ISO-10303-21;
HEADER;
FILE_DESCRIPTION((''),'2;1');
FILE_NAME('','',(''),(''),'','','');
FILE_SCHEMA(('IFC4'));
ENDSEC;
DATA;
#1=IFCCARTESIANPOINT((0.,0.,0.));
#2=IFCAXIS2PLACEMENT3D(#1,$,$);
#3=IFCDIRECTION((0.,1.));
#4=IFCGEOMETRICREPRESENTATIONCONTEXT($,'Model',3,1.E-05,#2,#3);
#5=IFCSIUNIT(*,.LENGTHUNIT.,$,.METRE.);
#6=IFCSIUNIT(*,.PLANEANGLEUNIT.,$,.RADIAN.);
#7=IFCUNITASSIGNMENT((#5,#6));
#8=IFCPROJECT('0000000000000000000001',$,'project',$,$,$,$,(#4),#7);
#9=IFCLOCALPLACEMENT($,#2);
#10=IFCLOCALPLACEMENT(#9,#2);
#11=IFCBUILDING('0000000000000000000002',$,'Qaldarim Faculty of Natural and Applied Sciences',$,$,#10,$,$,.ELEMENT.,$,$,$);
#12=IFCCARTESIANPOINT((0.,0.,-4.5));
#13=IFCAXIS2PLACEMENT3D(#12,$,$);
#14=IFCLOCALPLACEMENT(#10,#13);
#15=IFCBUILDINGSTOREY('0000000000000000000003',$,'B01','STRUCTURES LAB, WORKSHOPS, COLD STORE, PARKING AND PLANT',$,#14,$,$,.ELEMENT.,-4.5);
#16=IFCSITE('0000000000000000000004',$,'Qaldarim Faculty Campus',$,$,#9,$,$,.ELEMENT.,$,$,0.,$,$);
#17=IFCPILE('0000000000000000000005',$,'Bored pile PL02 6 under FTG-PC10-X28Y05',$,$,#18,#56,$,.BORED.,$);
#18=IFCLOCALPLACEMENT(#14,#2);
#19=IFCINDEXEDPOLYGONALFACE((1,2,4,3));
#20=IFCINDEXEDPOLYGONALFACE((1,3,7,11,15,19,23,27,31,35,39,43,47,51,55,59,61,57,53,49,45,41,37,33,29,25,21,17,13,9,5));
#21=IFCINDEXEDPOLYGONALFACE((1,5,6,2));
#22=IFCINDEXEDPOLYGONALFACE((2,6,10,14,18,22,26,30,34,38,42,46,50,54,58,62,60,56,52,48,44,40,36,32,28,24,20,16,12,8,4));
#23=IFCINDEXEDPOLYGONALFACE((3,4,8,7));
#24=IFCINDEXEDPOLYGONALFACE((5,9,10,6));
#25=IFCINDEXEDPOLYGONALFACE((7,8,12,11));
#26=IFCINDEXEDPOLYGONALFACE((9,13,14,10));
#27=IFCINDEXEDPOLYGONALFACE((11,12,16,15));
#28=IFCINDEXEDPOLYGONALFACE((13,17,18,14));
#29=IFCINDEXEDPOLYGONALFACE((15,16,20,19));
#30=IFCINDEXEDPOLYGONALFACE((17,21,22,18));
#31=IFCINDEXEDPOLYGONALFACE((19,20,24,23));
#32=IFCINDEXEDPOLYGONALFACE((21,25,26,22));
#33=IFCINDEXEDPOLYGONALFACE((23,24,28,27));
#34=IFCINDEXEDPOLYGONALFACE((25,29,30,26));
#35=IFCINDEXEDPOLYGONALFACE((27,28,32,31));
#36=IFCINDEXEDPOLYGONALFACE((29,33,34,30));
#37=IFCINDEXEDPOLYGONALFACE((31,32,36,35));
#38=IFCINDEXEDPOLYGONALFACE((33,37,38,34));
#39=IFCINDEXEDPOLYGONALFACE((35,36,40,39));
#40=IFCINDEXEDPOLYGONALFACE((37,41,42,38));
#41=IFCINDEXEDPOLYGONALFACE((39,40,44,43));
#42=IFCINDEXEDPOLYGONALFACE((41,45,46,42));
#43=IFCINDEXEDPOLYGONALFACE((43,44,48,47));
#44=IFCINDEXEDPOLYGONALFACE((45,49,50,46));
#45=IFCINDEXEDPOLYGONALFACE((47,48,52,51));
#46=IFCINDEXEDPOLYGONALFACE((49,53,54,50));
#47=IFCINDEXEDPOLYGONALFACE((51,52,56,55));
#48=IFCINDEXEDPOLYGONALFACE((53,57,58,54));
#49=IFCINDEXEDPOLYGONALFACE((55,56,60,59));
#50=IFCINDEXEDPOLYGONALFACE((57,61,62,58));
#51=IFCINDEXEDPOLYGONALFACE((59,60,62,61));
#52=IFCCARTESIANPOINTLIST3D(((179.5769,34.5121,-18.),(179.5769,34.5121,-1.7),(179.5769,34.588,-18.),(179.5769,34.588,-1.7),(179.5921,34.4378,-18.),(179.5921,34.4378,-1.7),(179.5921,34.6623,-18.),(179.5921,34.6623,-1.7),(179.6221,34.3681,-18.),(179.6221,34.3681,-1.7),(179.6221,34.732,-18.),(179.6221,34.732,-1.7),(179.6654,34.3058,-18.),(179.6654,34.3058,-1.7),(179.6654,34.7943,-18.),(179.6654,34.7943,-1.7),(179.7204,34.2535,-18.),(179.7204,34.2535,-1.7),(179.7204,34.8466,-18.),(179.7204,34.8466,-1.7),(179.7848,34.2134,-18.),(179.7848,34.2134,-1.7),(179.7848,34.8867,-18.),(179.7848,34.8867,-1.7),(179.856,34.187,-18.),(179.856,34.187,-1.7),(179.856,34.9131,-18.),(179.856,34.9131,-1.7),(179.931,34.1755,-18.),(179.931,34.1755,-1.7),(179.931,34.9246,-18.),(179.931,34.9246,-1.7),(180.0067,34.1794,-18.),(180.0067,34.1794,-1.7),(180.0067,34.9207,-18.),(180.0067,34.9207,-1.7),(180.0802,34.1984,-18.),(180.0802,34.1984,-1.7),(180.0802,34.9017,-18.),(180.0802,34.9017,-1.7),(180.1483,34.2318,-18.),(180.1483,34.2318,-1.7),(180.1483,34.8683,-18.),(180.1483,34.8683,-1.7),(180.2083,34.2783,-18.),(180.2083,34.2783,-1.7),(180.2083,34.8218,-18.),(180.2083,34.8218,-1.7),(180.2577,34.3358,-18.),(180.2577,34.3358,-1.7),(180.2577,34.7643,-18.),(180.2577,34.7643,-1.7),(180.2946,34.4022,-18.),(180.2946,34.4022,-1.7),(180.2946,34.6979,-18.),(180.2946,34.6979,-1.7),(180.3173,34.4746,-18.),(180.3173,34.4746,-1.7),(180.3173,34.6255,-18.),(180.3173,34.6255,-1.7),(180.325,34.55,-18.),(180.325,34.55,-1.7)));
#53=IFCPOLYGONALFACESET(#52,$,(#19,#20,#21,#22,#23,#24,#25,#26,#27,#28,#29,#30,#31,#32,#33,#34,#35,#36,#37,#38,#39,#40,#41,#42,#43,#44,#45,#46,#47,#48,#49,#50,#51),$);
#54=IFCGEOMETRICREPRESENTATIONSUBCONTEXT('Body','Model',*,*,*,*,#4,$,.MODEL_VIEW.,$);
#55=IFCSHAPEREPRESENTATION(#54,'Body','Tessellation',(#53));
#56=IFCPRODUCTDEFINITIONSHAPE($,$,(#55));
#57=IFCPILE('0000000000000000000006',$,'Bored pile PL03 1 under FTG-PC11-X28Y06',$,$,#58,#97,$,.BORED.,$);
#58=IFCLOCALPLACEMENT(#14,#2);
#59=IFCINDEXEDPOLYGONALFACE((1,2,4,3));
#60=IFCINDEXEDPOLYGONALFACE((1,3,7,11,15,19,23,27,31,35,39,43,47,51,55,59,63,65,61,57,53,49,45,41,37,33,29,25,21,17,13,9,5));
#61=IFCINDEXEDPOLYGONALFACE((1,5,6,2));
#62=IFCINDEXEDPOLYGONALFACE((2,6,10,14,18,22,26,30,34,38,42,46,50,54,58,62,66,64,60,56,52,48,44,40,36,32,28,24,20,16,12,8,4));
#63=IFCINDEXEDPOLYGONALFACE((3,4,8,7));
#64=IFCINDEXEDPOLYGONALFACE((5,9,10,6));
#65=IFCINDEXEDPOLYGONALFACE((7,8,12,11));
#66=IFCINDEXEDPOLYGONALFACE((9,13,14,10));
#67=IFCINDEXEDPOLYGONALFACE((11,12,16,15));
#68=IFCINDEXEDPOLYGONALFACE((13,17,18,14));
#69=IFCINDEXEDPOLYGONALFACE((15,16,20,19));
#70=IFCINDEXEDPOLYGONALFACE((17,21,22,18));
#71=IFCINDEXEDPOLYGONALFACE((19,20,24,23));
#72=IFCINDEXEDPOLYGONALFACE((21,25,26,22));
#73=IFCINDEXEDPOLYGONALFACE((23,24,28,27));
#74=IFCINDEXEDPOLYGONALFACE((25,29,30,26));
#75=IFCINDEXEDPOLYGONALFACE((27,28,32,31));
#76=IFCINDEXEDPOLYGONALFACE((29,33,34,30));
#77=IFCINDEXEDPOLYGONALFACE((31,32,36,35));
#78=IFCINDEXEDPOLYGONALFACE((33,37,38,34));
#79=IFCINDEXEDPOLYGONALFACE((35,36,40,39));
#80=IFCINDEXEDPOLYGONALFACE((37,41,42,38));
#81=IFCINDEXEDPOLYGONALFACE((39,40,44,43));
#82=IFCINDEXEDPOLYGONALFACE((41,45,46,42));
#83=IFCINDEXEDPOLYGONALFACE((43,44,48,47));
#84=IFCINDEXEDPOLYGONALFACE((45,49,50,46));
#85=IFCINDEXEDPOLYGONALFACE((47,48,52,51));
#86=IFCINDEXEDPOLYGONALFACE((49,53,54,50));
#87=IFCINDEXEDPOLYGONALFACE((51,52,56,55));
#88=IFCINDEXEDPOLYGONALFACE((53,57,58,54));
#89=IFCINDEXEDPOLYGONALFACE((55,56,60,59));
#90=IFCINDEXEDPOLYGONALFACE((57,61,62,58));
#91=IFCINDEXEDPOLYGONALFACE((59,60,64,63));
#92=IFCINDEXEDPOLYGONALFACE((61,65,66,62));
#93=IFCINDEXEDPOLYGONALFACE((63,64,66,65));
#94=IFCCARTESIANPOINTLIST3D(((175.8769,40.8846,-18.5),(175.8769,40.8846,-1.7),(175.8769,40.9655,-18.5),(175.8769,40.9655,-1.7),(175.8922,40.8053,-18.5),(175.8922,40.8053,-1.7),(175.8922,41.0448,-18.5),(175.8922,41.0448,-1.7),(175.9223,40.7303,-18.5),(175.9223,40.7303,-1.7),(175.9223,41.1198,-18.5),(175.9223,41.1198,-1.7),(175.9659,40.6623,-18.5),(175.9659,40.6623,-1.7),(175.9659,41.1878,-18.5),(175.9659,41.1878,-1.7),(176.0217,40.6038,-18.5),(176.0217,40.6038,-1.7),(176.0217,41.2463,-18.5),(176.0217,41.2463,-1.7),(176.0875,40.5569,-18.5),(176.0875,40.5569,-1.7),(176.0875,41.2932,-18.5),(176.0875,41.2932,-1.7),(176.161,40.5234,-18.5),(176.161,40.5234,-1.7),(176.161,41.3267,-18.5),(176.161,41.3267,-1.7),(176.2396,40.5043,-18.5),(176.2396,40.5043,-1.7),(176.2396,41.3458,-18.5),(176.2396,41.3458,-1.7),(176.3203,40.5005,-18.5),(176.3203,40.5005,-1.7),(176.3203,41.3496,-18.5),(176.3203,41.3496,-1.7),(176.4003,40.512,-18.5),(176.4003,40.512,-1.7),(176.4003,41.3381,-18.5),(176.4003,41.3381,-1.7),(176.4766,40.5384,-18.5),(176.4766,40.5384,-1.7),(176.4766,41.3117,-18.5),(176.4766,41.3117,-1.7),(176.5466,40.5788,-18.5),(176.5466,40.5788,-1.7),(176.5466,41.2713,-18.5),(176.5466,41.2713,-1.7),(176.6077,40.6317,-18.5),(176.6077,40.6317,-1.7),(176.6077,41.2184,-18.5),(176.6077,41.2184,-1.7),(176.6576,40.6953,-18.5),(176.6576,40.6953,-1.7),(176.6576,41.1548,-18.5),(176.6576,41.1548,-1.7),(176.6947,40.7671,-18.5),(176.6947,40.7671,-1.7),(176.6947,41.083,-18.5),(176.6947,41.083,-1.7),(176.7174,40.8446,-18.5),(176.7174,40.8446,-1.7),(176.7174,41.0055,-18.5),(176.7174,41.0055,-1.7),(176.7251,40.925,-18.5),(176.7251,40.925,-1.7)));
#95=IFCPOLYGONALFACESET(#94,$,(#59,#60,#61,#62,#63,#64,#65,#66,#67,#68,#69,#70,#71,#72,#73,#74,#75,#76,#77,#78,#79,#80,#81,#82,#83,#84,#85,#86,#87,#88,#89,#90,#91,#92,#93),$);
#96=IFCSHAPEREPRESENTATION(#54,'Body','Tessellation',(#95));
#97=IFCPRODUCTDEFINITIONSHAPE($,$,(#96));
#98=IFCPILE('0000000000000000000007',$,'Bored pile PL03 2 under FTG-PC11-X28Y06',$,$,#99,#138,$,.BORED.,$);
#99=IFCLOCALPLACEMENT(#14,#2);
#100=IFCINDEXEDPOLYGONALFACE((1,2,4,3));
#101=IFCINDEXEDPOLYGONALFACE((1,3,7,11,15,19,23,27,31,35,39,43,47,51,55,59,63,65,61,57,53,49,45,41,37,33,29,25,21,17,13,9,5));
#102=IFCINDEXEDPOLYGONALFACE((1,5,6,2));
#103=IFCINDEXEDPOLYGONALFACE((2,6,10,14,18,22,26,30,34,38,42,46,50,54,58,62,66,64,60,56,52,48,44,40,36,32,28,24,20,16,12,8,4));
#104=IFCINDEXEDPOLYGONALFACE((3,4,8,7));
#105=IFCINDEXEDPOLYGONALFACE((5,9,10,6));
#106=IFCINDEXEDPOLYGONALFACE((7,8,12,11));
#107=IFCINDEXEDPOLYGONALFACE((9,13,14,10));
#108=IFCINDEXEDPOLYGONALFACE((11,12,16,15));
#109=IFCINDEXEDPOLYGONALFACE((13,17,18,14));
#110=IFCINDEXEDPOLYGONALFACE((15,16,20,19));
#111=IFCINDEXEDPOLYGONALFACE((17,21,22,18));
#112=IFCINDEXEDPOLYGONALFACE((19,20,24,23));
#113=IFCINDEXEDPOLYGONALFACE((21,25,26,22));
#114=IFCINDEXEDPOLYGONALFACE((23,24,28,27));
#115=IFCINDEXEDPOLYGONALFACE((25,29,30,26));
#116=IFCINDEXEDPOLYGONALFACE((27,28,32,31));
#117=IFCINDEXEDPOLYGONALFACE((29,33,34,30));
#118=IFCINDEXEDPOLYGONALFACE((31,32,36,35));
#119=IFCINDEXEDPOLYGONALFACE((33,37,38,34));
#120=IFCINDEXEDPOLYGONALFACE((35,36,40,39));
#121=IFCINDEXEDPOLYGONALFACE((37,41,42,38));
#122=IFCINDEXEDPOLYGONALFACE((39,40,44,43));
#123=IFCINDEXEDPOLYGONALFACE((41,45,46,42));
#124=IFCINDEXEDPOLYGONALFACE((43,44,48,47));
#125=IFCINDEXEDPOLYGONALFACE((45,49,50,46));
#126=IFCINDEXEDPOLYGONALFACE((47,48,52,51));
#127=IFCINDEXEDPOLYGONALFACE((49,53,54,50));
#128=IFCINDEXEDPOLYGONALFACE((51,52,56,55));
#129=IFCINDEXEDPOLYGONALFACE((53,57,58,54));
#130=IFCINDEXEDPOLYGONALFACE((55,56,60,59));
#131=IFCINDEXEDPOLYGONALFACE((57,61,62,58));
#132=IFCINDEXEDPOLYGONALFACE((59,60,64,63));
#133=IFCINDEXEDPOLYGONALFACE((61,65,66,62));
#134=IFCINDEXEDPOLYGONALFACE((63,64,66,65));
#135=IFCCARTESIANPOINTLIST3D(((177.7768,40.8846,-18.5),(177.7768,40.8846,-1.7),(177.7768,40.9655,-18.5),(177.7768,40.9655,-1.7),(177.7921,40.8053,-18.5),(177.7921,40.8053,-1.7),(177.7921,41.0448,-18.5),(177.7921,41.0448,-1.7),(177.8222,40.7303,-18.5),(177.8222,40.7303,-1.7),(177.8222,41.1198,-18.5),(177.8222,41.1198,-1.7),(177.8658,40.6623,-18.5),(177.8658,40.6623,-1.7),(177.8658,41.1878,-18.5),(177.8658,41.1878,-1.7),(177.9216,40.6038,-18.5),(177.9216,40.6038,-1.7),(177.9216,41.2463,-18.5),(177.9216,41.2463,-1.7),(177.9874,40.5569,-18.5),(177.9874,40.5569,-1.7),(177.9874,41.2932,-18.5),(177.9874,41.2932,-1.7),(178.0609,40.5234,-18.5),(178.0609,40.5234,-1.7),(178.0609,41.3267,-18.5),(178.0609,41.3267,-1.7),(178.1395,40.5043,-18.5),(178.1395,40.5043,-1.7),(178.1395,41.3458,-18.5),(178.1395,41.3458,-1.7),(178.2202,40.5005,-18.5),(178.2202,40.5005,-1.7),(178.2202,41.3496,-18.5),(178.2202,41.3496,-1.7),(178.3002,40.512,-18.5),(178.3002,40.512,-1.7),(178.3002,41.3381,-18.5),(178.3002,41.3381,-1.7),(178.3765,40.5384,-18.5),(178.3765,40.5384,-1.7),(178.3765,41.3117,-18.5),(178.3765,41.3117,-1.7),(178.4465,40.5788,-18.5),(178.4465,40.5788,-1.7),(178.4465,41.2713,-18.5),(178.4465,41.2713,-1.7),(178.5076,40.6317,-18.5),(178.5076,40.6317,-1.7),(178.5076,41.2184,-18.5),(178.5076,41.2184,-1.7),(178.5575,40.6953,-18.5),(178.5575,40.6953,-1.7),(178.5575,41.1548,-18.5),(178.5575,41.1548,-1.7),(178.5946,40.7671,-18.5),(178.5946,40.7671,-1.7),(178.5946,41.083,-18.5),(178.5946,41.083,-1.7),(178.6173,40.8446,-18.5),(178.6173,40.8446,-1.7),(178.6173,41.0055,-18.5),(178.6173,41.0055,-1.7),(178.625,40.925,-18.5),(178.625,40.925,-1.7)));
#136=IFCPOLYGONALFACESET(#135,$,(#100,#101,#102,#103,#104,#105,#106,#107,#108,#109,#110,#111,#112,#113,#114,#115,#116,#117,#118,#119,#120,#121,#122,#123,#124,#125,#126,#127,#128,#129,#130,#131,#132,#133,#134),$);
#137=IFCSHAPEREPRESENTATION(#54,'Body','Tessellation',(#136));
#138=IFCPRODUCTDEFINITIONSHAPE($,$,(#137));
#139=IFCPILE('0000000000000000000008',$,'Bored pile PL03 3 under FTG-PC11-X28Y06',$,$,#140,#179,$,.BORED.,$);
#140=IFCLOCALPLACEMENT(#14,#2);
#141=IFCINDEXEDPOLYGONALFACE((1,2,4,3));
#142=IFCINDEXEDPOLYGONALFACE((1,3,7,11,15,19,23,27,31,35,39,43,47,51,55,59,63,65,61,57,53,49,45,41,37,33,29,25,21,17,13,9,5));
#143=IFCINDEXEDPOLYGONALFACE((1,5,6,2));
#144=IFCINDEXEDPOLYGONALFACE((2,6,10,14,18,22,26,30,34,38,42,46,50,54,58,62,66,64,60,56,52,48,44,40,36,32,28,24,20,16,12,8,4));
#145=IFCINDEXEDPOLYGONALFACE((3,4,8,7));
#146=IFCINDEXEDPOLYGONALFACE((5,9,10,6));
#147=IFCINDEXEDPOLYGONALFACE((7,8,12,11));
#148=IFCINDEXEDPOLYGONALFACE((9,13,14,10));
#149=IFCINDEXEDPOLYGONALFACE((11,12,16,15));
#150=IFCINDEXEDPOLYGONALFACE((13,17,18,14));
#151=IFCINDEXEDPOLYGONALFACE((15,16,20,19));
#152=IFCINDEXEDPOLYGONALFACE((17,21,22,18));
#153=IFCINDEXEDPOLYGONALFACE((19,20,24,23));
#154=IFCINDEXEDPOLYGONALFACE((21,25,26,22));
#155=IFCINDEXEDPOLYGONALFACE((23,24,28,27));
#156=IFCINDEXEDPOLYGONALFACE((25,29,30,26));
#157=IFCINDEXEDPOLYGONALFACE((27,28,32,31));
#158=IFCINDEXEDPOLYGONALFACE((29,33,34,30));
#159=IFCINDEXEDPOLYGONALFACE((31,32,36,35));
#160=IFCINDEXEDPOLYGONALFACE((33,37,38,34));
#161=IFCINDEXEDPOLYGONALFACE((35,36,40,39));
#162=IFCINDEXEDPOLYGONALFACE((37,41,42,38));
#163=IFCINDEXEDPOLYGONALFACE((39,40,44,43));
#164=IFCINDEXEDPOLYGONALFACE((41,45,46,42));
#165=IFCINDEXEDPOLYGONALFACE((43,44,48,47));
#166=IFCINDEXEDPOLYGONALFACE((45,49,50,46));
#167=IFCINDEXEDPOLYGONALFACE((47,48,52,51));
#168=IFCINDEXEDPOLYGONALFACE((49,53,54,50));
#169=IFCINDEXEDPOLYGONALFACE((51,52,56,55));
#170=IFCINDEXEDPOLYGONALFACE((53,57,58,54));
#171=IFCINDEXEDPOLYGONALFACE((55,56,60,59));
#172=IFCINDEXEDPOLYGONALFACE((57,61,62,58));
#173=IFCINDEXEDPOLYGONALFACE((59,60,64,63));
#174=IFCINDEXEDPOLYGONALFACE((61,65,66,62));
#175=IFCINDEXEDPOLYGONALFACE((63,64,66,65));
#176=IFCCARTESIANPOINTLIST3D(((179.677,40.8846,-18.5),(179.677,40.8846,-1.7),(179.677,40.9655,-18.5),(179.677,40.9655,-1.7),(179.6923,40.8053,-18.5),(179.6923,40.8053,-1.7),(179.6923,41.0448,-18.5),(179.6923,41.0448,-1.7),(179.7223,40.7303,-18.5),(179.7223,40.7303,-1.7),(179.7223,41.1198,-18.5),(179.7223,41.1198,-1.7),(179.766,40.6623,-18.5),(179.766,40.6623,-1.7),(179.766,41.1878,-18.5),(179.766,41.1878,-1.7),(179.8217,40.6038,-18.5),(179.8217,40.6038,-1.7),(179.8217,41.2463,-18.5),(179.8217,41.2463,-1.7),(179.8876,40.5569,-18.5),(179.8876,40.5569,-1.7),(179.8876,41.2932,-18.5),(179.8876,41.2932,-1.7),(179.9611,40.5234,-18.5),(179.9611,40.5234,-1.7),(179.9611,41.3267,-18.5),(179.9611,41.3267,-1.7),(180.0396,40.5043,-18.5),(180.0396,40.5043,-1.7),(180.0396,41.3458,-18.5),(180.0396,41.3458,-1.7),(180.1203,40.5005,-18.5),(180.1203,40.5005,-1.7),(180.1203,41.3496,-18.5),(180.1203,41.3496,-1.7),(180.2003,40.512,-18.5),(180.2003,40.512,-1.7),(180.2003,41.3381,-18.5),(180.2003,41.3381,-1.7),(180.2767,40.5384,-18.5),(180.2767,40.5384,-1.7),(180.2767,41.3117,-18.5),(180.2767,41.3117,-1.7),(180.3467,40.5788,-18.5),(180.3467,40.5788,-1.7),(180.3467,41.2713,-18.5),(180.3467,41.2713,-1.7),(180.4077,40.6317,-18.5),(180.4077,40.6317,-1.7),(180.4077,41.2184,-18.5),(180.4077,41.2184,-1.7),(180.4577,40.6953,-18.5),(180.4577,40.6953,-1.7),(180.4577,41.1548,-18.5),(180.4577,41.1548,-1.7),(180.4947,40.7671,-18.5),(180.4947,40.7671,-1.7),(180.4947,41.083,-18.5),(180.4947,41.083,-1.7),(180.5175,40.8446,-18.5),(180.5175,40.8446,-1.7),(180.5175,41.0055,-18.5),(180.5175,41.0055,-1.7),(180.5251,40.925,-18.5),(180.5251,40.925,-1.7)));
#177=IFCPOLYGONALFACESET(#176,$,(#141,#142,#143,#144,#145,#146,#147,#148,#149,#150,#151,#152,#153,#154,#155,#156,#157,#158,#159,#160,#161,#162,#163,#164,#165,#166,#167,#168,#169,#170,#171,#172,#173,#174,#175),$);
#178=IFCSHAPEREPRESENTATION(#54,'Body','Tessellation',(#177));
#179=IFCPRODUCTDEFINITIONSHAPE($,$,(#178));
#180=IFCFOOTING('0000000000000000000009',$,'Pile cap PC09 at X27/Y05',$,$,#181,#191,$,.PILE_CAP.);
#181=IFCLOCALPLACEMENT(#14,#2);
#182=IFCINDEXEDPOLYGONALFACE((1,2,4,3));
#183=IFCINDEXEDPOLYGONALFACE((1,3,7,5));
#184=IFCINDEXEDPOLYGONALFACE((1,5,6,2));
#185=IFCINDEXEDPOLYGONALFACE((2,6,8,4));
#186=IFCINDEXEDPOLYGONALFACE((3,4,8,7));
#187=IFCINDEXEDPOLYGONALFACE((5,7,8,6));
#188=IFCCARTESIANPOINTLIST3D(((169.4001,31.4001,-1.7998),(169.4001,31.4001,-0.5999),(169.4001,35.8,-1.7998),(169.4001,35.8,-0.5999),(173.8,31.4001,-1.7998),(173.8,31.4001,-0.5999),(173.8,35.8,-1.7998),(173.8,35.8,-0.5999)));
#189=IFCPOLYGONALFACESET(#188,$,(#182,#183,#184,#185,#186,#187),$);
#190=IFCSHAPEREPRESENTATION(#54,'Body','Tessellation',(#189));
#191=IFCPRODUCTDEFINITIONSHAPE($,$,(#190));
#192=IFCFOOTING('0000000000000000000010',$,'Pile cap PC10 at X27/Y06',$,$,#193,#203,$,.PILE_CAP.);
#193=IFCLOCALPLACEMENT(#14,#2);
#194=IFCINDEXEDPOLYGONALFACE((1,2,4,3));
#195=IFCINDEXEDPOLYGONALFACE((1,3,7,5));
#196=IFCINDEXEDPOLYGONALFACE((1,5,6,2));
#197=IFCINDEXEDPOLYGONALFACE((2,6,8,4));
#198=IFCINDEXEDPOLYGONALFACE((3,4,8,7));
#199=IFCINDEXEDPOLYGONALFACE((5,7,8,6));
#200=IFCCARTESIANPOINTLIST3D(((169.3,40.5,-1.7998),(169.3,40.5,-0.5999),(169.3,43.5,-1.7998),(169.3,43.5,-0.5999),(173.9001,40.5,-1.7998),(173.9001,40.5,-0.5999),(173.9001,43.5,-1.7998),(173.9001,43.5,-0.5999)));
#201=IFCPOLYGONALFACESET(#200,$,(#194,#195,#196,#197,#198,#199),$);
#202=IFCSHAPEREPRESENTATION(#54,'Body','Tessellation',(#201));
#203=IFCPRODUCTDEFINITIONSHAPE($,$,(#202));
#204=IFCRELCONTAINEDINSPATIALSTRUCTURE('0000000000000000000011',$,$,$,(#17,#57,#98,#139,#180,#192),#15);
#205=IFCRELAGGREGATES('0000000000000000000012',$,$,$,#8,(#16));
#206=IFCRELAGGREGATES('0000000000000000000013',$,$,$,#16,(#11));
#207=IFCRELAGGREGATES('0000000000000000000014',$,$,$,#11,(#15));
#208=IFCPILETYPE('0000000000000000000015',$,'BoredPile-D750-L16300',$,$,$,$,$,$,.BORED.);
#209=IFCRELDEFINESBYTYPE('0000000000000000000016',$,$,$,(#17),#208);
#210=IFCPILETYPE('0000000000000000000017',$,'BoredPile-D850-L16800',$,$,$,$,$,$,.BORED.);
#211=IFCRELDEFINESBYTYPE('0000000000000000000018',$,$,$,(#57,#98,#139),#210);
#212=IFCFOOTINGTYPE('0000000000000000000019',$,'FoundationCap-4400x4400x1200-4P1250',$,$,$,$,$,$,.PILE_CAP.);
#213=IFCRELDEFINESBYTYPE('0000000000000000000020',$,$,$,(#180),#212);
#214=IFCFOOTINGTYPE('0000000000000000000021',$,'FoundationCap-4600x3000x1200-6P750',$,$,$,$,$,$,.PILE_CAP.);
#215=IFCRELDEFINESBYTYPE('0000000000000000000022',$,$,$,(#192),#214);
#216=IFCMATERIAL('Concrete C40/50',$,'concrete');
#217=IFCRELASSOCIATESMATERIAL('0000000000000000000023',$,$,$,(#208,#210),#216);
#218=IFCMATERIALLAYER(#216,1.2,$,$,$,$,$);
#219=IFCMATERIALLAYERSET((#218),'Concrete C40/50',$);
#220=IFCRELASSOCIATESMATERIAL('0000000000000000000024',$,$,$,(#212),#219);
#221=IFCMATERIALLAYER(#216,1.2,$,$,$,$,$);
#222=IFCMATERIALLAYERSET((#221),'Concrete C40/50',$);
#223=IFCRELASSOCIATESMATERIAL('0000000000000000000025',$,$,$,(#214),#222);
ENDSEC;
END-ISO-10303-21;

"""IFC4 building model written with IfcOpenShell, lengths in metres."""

from ifc_helpers import new_model, si_unit, direction, frame, origin, origin_2d, place, context, subcontext, project, spatial, rectangle, circle, extrude, material, layer, layer_set, material_profile, profile_set, type_object, element, save


model = new_model("IFC4")

# Units and contexts
model_context = context("Model", 3, precision=1e-05, world=origin(), true_north=direction((0.0, 1.0)))
body_context = subcontext(model_context, "Body", "Model", "MODEL_VIEW")
ifc_project = project(units=[si_unit("LENGTHUNIT", "METRE"), si_unit("PLANEANGLEUNIT", "RADIAN")], contexts=[model_context])

# Site, building, storey
site_placement = place(None, origin())
site = spatial("IfcSite", under=ifc_project, at=site_placement, Name="Qaldarim Faculty Campus", CompositionType="ELEMENT", RefElevation=0.0)
building_placement = place(site_placement, origin())
building = spatial("IfcBuilding", under=site, at=building_placement, Name="Qaldarim Faculty of Natural and Applied Sciences", CompositionType="ELEMENT")
storey_placement = place(building_placement, frame((0.0, 0.0, -4.5)))
storey = spatial("IfcBuildingStorey", under=building, at=storey_placement, Name="B01", Description="STRUCTURES LAB, WORKSHOPS, COLD STORE, PARKING AND PLANT", CompositionType="ELEMENT", Elevation=-4.5)

# Piles
ifc_material_1 = material(Name="Concrete C40/50", Category="concrete")
ifc_material_profile_1 = material_profile(ifc_material_1, circle(Radius=0.375, at=origin_2d()), Name="PILE-D750")
ifc_profile_set_1 = profile_set([ifc_material_profile_1], Name="Concrete C40/50")
pile_type_1 = type_object("IfcPileType", Name="BoredPile-D750-L16300", PredefinedType="BORED", material=ifc_profile_set_1)
for number, where, z_axis, x_axis, name in (
    (1, (179.95, 34.55, -1.7), (0.0, 0.0, -1.0), (1.0, 0.0, 0.0), "Bored pile PL02 6 under FTG-PC10-X28Y05"),
):
    element("IfcPile", number, at=place(storey_placement, frame(where, z_axis=z_axis, x_axis=x_axis)), inside=storey, type_object=pile_type_1, Name=name, PredefinedType="BORED", context=body_context, shape_type="SweptSolid", body=[
        extrude(circle(Radius=0.375, at=origin_2d()), origin(), (0.0, 0.0, 1.0), 16.3),
    ])
ifc_material_profile_2 = material_profile(ifc_material_1, circle(Radius=0.425, at=origin_2d()), Name="PILE-D850")
ifc_profile_set_2 = profile_set([ifc_material_profile_2], Name="Concrete C40/50")
pile_type_2 = type_object("IfcPileType", Name="BoredPile-D850-L16800", PredefinedType="BORED", material=ifc_profile_set_2)
for number, where, z_axis, x_axis, name in (
    (2, (176.3, 40.925, -1.7), (0.0, 0.0, -1.0), (1.0, 0.0, 0.0), "Bored pile PL03 1 under FTG-PC11-X28Y06"),
    (3, (178.2, 40.925, -1.7), (0.0, 0.0, -1.0), (1.0, 0.0, 0.0), "Bored pile PL03 2 under FTG-PC11-X28Y06"),
    (4, (180.1001, 40.925, -1.7), (0.0, 0.0, -1.0), (1.0, 0.0, 0.0), "Bored pile PL03 3 under FTG-PC11-X28Y06"),
):
    element("IfcPile", number, at=place(storey_placement, frame(where, z_axis=z_axis, x_axis=x_axis)), inside=storey, type_object=pile_type_2, Name=name, PredefinedType="BORED", context=body_context, shape_type="SweptSolid", body=[
        extrude(circle(Radius=0.425, at=origin_2d()), origin(), (0.0, 0.0, 1.0), 16.8),
    ])

# Footings
ifc_layer_1 = layer(ifc_material_1, 1.2)
ifc_layer_set_1 = layer_set([ifc_layer_1], Name="Concrete C40/50")
footing_type_1 = type_object("IfcFootingType", Name="FoundationCap-4400x4400x1200-4P1250", PredefinedType="PILE_CAP", material=ifc_layer_set_1)
footing_1_placement = place(storey_placement, frame((171.6001, 33.6001, -1.7998), z_axis=(0.0, 0.0, 1.0), x_axis=(1.0, 0.0, 0.0)))
element("IfcFooting", 5, at=footing_1_placement, inside=storey, type_object=footing_type_1, Name="Pile cap PC09 at X27/Y05", PredefinedType="PILE_CAP", context=body_context, shape_type="SweptSolid", body=[
    extrude(rectangle(XDim=4.3999, YDim=4.3999, at=origin_2d()), origin(), (0.0, 0.0, 1.0), 1.2),
])
ifc_layer_2 = layer(ifc_material_1, 1.2)
ifc_layer_set_2 = layer_set([ifc_layer_2], Name="Concrete C40/50")
footing_type_2 = type_object("IfcFootingType", Name="FoundationCap-4600x3000x1200-6P750", PredefinedType="PILE_CAP", material=ifc_layer_set_2)
for number, where, z_axis, x_axis, name in (
    (6, (171.6001, 42.0, -1.7998), (0.0, 0.0, 1.0), (1.0, 0.0, 0.0), "Pile cap PC10 at X27/Y06"),
):
    element("IfcFooting", number, at=place(storey_placement, frame(where, z_axis=z_axis, x_axis=x_axis)), inside=storey, type_object=footing_type_2, Name=name, PredefinedType="PILE_CAP", context=body_context, shape_type="SweptSolid", body=[
        extrude(rectangle(XDim=4.6001, YDim=3.0, at=origin_2d()), origin(), (0.0, 0.0, 1.0), 1.2),
    ])

save(model, "model.ifc")
